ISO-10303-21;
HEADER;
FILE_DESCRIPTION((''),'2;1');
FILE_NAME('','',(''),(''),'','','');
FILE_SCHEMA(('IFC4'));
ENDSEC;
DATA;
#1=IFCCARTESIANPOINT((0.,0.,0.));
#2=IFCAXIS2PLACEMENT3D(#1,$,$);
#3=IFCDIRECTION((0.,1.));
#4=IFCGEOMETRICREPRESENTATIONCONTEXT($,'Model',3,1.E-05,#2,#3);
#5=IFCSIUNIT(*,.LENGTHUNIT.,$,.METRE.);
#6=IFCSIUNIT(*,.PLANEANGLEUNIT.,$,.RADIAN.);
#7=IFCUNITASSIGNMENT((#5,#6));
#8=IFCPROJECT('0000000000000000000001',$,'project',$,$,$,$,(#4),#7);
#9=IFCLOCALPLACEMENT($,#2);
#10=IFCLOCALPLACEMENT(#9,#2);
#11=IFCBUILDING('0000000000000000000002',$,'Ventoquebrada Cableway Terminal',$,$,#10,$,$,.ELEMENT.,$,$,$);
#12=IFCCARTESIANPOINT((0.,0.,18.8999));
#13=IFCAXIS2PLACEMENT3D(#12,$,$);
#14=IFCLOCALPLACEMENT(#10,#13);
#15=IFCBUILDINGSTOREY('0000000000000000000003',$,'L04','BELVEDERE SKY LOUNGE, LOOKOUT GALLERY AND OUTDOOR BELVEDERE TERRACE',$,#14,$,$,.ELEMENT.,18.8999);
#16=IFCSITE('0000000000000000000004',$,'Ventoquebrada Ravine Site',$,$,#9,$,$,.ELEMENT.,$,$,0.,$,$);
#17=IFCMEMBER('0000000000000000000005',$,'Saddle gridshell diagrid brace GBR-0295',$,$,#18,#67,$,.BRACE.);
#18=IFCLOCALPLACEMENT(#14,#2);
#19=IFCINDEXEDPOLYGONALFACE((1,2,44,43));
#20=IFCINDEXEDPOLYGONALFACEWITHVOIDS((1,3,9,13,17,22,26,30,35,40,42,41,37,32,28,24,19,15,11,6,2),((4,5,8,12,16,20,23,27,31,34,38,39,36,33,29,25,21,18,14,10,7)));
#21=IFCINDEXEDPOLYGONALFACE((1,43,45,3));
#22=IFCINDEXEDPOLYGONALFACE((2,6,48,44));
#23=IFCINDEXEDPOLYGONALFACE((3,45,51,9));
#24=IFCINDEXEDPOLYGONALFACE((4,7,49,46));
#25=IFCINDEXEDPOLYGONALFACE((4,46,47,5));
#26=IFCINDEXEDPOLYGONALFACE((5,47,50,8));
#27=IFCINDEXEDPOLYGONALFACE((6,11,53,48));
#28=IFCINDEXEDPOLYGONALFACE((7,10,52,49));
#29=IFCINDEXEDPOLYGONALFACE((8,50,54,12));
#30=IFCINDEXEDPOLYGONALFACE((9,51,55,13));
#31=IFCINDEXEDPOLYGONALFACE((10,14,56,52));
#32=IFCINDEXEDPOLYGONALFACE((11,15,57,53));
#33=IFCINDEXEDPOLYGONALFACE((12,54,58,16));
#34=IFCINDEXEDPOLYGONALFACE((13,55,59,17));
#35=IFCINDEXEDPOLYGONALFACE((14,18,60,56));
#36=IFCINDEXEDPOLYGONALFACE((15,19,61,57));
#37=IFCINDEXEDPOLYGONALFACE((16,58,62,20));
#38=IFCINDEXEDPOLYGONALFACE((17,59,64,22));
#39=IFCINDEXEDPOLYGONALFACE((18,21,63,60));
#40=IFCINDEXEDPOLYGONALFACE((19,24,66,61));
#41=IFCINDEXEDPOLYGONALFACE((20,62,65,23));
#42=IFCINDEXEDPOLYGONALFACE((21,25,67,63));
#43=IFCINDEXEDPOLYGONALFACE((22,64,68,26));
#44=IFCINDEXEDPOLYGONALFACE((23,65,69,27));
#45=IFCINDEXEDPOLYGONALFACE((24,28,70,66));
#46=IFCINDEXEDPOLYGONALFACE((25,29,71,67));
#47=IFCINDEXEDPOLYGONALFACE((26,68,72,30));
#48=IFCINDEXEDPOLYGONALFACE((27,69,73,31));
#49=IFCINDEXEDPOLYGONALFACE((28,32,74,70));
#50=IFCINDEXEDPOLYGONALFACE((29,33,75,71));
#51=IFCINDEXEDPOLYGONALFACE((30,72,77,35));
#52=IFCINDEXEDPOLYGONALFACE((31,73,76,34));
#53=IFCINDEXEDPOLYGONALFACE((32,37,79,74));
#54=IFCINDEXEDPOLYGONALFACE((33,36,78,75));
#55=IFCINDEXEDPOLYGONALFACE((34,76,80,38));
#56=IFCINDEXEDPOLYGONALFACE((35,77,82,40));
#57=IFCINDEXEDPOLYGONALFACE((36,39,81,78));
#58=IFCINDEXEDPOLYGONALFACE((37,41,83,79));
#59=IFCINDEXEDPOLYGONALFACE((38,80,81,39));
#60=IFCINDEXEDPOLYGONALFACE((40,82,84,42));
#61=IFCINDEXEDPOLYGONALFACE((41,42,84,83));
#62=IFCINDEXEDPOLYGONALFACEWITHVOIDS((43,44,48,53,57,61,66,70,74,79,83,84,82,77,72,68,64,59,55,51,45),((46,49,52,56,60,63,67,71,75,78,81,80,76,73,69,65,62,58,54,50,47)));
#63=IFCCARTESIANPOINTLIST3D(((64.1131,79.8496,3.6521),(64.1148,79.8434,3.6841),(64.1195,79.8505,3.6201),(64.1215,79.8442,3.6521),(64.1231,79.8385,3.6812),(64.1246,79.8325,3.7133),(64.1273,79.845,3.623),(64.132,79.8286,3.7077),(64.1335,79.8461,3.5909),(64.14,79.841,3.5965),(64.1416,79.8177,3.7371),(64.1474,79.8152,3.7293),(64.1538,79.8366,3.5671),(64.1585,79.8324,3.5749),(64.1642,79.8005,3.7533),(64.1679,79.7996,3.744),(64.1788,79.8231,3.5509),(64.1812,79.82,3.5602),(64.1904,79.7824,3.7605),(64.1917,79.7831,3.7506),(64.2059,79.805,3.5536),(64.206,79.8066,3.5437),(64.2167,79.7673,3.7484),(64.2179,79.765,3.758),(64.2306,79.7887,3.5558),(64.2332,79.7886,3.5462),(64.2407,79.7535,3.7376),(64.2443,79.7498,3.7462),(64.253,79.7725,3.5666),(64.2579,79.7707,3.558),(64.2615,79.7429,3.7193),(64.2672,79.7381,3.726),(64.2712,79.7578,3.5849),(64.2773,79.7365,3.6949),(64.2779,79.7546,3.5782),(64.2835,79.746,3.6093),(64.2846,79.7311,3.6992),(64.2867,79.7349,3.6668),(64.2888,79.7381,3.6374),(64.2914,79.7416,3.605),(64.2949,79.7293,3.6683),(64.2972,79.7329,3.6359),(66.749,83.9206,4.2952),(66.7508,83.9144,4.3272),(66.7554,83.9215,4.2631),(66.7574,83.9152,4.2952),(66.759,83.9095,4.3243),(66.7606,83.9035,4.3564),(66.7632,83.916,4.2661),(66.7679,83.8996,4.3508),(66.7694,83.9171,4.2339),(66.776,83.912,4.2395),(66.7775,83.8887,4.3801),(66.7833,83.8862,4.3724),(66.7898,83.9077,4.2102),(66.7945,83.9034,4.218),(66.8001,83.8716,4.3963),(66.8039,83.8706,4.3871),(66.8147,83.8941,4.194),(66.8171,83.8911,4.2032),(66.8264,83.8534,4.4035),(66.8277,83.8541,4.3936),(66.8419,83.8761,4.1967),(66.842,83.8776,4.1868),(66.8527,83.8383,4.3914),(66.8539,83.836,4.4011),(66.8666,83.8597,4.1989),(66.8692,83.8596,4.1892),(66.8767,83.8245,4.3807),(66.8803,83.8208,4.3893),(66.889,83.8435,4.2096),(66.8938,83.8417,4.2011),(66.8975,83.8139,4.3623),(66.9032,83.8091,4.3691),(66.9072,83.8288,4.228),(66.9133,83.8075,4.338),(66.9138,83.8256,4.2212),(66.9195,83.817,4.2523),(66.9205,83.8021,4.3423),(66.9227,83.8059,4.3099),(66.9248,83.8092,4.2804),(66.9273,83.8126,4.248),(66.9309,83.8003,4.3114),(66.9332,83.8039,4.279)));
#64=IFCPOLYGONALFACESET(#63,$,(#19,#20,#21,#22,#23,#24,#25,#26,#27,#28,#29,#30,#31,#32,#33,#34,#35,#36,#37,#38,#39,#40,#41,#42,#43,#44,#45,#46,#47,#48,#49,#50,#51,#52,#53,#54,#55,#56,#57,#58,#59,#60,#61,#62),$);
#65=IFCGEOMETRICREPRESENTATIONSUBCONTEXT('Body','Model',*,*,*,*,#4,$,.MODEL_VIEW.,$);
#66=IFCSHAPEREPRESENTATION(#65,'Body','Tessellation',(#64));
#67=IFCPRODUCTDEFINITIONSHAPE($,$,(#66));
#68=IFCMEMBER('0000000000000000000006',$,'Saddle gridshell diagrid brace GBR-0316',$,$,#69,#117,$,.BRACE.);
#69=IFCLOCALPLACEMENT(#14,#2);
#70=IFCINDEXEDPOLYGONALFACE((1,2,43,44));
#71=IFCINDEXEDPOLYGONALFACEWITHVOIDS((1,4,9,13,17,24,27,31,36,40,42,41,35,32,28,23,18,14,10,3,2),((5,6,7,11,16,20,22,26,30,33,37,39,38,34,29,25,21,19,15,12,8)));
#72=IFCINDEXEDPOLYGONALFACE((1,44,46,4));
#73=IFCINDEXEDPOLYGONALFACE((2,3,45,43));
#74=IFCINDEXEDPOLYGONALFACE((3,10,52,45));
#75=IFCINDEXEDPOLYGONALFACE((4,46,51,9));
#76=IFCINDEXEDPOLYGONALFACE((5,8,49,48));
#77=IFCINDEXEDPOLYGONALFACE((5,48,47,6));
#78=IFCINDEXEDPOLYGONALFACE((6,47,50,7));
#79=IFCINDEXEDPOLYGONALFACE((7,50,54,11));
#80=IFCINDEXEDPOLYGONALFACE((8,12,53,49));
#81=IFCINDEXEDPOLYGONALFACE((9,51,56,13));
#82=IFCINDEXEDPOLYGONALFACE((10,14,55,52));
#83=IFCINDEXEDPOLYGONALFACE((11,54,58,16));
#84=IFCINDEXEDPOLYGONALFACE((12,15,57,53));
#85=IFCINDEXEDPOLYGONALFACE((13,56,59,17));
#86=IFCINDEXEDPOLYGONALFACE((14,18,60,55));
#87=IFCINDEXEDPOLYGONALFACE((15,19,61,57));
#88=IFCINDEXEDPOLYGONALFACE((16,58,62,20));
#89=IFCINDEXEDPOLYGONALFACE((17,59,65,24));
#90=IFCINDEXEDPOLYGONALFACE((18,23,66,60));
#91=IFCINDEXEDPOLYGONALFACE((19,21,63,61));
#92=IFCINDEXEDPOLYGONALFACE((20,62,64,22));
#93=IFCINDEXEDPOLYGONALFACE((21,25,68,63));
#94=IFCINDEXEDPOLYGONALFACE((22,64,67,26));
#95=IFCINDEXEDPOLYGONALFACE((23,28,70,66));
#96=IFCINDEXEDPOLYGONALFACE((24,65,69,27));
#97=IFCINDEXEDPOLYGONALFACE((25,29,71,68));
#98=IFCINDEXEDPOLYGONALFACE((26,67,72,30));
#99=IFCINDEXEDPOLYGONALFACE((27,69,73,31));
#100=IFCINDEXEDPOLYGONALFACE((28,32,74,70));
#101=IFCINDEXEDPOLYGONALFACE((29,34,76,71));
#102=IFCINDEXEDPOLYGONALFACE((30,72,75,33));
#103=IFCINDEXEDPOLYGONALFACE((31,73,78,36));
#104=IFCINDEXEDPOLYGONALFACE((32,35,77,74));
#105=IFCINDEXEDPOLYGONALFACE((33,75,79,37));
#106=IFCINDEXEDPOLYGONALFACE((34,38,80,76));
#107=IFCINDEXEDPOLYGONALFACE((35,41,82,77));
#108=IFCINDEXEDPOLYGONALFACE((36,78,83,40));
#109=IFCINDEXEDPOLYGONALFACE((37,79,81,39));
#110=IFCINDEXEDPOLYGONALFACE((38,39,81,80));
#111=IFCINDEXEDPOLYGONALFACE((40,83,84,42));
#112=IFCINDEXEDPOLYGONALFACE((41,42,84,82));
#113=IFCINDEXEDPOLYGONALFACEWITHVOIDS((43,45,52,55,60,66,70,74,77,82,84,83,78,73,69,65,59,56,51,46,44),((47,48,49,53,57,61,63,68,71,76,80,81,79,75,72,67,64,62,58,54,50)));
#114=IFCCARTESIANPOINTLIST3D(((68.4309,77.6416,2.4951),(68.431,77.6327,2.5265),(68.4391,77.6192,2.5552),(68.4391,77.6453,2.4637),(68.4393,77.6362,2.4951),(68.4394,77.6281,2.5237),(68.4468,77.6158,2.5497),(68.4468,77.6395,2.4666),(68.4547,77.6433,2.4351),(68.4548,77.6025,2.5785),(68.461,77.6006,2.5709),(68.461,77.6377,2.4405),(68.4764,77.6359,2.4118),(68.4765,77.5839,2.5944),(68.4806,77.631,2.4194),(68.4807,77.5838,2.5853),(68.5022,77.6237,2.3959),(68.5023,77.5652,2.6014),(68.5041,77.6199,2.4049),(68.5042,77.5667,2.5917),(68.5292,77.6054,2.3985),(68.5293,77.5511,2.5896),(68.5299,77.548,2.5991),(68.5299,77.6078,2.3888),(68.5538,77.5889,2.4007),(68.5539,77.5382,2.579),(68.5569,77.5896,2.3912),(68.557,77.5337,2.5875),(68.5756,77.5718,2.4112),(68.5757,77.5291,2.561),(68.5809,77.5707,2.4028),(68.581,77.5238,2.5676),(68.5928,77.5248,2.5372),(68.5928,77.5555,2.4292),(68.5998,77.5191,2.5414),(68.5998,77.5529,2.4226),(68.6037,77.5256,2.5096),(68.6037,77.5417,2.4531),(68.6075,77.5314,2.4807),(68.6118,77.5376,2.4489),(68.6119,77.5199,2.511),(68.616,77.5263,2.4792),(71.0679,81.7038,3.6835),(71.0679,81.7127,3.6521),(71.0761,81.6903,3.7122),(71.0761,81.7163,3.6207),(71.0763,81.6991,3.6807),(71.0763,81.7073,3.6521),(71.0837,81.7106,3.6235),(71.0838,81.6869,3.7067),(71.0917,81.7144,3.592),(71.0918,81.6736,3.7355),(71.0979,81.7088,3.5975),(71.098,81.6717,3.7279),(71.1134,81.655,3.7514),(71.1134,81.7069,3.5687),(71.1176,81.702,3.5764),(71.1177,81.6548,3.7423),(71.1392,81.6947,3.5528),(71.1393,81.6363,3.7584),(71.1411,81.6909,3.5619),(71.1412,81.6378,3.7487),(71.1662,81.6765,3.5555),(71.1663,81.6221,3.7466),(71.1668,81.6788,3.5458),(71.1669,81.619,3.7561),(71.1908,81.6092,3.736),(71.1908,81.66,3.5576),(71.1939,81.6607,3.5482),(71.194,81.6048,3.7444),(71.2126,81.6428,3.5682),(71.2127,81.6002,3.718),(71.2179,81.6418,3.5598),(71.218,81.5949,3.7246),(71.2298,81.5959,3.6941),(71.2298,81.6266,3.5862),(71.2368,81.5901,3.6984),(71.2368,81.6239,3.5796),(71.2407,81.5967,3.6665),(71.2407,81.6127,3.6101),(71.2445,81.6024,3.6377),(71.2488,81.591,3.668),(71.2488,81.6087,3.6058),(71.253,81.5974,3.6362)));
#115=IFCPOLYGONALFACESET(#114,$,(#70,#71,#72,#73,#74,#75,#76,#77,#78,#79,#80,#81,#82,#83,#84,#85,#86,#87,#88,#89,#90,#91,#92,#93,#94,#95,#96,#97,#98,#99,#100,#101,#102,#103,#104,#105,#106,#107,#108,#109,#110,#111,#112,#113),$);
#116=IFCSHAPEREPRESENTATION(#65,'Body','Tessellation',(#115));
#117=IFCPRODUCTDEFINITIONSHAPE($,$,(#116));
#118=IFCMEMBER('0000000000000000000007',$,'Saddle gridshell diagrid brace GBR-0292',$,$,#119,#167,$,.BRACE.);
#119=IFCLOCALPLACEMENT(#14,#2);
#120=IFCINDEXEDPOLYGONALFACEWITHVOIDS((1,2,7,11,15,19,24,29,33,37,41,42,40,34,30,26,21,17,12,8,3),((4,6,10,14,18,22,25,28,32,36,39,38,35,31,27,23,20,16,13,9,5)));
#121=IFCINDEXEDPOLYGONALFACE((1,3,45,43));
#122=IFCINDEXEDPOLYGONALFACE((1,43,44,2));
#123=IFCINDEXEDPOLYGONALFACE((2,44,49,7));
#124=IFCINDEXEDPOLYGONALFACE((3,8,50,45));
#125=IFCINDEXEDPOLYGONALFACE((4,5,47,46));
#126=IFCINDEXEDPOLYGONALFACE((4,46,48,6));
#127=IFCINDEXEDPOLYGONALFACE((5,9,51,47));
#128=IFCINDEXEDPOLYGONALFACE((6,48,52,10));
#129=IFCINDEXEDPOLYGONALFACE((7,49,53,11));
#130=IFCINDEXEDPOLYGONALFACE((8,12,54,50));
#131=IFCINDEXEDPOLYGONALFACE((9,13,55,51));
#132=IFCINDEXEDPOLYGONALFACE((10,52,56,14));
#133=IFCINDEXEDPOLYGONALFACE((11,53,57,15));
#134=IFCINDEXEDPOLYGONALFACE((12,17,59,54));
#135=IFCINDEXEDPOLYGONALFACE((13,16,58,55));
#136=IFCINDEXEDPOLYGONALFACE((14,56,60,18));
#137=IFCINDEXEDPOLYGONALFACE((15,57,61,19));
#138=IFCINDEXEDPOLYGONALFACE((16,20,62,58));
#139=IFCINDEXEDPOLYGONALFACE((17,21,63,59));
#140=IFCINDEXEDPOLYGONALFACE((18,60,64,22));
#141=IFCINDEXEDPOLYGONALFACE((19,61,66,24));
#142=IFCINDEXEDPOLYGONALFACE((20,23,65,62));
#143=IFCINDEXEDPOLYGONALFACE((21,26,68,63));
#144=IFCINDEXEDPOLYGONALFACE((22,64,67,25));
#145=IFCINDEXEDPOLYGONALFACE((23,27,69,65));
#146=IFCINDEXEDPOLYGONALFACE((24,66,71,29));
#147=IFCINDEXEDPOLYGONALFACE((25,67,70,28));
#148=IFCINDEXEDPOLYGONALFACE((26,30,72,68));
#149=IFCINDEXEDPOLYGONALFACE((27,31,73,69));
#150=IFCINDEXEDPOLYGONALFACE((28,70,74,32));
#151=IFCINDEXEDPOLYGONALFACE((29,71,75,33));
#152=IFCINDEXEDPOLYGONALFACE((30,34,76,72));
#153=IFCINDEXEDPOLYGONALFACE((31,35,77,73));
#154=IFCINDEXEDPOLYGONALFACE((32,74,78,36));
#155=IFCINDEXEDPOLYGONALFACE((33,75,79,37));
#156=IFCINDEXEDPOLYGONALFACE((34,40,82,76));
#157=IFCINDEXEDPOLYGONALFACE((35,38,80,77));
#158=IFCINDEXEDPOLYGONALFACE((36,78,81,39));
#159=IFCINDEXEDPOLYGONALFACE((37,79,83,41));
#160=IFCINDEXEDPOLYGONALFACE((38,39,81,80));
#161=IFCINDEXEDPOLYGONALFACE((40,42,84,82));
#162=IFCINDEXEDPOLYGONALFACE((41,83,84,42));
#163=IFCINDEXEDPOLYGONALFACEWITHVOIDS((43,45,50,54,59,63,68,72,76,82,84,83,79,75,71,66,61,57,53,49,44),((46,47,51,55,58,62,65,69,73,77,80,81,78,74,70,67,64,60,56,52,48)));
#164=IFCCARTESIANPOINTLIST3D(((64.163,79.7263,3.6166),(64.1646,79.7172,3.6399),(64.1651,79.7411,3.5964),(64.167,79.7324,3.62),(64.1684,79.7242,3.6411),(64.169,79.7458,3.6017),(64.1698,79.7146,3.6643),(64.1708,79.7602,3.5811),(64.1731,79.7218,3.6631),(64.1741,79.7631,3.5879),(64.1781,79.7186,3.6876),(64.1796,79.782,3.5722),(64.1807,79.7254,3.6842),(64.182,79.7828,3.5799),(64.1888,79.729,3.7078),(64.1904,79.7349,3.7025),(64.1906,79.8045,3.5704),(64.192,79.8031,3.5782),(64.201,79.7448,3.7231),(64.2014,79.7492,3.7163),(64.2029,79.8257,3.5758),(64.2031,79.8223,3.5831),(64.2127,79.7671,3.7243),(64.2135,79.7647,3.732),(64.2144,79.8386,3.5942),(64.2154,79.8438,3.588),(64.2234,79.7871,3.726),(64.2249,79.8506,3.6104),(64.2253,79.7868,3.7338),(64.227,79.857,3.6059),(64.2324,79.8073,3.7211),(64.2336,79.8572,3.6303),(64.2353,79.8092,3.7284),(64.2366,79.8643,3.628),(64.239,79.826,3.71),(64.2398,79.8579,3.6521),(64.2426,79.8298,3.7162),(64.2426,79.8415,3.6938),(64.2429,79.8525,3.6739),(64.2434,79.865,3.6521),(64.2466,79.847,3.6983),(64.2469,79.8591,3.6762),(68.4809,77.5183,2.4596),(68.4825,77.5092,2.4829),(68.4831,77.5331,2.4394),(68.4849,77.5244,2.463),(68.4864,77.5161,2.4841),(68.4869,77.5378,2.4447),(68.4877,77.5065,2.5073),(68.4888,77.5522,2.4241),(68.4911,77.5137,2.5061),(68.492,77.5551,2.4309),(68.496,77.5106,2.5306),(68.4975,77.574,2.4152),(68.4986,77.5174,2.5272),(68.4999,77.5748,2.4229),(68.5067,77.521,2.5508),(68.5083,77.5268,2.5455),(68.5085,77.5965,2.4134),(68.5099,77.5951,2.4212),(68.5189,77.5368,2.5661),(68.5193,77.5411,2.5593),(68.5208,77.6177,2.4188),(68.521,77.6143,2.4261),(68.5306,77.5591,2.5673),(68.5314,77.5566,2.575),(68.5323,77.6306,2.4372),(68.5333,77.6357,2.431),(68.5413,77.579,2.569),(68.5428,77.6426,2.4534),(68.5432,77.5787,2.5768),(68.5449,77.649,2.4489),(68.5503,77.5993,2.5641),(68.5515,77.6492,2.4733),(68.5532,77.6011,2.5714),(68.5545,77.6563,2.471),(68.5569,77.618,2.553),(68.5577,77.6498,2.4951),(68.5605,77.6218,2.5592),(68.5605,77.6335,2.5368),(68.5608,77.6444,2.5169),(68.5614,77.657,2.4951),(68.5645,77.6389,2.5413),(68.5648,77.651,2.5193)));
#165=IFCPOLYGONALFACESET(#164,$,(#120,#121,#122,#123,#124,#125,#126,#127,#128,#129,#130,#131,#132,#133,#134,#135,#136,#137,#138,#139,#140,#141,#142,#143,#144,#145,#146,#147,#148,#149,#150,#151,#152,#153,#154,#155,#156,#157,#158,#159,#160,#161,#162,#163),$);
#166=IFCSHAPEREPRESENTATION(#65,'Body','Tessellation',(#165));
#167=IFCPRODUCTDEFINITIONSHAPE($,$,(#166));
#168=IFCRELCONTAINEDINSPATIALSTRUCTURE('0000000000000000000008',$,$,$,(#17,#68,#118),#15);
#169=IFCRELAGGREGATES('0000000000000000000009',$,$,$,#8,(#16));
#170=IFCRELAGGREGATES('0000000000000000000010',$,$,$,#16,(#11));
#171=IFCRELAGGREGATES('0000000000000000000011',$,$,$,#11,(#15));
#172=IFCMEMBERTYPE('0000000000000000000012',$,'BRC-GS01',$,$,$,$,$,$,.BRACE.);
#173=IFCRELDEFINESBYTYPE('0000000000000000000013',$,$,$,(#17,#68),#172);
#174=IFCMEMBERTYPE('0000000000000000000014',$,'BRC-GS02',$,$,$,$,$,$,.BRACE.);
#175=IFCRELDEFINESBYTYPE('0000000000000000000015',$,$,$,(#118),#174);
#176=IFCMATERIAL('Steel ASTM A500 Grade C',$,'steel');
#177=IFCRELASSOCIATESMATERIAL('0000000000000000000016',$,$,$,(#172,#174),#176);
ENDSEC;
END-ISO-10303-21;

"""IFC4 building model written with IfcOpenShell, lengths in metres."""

from ifc_helpers import new_model, si_unit, direction, frame, origin, origin_2d, place, context, subcontext, project, spatial, hollow_circle, extrude, material, material_profile, profile_set, type_object, element, save


model = new_model("IFC4")

# Units and contexts
model_context = context("Model", 3, precision=1e-05, world=origin(), true_north=direction((0.0, 1.0)))
body_context = subcontext(model_context, "Body", "Model", "MODEL_VIEW")
ifc_project = project(units=[si_unit("LENGTHUNIT", "METRE"), si_unit("PLANEANGLEUNIT", "RADIAN")], contexts=[model_context])

# Site, building, storey
site_placement = place(None, origin())
site = spatial("IfcSite", under=ifc_project, at=site_placement, Name="Ventoquebrada Ravine Site", CompositionType="ELEMENT", RefElevation=0.0)
building_placement = place(site_placement, origin())
building = spatial("IfcBuilding", under=site, at=building_placement, Name="Ventoquebrada Cableway Terminal", CompositionType="ELEMENT")
storey_placement = place(building_placement, frame((0.0, 0.0, 18.8999)))
storey = spatial("IfcBuildingStorey", under=building, at=storey_placement, Name="L04", Description="BELVEDERE SKY LOUNGE, LOOKOUT GALLERY AND OUTDOOR BELVEDERE TERRACE", CompositionType="ELEMENT", Elevation=18.8999)

# Members
ifc_material_1 = material(Name="Steel ASTM A500 Grade C", Category="steel")
ifc_material_profile_1 = material_profile(ifc_material_1, hollow_circle(Radius=0.1096, WallThickness=0.01, at=origin_2d()), Name="CHS219.1X10")
ifc_profile_set_1 = profile_set([ifc_material_profile_1], Name="Steel ASTM A500 Grade C")
member_type_1 = type_object("IfcMemberType", Name="BRC-GS01", PredefinedType="BRACE", material=ifc_profile_set_1)
member_1_placement = place(storey_placement, frame((64.2051, 79.79, 3.6521), z_axis=(0.538794, 0.83212, 0.131442), x_axis=(-0.839403, 0.54351, 0.0)))
element("IfcMember", 1, at=member_1_placement, inside=storey, type_object=member_type_1, Name="Saddle gridshell diagrid brace GBR-0295", PredefinedType="BRACE", context=body_context, shape_type="SweptSolid", body=[
    extrude(hollow_circle(Radius=0.1096, WallThickness=0.01, at=origin_2d()), origin(), (0.0, 0.0, 1.0), 4.8923),
])
member_2_placement = place(storey_placement, frame((68.5229, 77.582, 2.4951), z_axis=(0.528816, 0.816407, 0.232021), x_axis=(-0.839311, 0.543652, 0.0)))
element("IfcMember", 2, at=member_2_placement, inside=storey, type_object=member_type_1, Name="Saddle gridshell diagrid brace GBR-0316", PredefinedType="BRACE", context=body_context, shape_type="SweptSolid", body=[
    extrude(hollow_circle(Radius=0.1096, WallThickness=0.01, at=origin_2d()), origin(), (0.0, 0.0, 1.0), 4.9866),
])
ifc_material_profile_2 = material_profile(ifc_material_1, hollow_circle(Radius=0.0842, WallThickness=0.0081, at=origin_2d()), Name="CHS168.3X8")
ifc_profile_set_2 = profile_set([ifc_material_profile_2], Name="Steel ASTM A500 Grade C")
member_type_2 = type_object("IfcMemberType", Name="BRC-GS02", PredefinedType="BRACE", material=ifc_profile_set_2)
member_3_placement = place(storey_placement, frame((64.2051, 79.79, 3.6521), z_axis=(0.866039, -0.442862, -0.232057), x_axis=(0.45529, 0.890343, 0.0)))
element("IfcMember", 3, at=member_3_placement, inside=storey, type_object=member_type_2, Name="Saddle gridshell diagrid brace GBR-0292", PredefinedType="BRACE", context=body_context, shape_type="SweptSolid", body=[
    extrude(hollow_circle(Radius=0.0842, WallThickness=0.0081, at=origin_2d()), origin(), (0.0, 0.0, 1.0), 4.9858),
])

save(model, "model.ifc")
